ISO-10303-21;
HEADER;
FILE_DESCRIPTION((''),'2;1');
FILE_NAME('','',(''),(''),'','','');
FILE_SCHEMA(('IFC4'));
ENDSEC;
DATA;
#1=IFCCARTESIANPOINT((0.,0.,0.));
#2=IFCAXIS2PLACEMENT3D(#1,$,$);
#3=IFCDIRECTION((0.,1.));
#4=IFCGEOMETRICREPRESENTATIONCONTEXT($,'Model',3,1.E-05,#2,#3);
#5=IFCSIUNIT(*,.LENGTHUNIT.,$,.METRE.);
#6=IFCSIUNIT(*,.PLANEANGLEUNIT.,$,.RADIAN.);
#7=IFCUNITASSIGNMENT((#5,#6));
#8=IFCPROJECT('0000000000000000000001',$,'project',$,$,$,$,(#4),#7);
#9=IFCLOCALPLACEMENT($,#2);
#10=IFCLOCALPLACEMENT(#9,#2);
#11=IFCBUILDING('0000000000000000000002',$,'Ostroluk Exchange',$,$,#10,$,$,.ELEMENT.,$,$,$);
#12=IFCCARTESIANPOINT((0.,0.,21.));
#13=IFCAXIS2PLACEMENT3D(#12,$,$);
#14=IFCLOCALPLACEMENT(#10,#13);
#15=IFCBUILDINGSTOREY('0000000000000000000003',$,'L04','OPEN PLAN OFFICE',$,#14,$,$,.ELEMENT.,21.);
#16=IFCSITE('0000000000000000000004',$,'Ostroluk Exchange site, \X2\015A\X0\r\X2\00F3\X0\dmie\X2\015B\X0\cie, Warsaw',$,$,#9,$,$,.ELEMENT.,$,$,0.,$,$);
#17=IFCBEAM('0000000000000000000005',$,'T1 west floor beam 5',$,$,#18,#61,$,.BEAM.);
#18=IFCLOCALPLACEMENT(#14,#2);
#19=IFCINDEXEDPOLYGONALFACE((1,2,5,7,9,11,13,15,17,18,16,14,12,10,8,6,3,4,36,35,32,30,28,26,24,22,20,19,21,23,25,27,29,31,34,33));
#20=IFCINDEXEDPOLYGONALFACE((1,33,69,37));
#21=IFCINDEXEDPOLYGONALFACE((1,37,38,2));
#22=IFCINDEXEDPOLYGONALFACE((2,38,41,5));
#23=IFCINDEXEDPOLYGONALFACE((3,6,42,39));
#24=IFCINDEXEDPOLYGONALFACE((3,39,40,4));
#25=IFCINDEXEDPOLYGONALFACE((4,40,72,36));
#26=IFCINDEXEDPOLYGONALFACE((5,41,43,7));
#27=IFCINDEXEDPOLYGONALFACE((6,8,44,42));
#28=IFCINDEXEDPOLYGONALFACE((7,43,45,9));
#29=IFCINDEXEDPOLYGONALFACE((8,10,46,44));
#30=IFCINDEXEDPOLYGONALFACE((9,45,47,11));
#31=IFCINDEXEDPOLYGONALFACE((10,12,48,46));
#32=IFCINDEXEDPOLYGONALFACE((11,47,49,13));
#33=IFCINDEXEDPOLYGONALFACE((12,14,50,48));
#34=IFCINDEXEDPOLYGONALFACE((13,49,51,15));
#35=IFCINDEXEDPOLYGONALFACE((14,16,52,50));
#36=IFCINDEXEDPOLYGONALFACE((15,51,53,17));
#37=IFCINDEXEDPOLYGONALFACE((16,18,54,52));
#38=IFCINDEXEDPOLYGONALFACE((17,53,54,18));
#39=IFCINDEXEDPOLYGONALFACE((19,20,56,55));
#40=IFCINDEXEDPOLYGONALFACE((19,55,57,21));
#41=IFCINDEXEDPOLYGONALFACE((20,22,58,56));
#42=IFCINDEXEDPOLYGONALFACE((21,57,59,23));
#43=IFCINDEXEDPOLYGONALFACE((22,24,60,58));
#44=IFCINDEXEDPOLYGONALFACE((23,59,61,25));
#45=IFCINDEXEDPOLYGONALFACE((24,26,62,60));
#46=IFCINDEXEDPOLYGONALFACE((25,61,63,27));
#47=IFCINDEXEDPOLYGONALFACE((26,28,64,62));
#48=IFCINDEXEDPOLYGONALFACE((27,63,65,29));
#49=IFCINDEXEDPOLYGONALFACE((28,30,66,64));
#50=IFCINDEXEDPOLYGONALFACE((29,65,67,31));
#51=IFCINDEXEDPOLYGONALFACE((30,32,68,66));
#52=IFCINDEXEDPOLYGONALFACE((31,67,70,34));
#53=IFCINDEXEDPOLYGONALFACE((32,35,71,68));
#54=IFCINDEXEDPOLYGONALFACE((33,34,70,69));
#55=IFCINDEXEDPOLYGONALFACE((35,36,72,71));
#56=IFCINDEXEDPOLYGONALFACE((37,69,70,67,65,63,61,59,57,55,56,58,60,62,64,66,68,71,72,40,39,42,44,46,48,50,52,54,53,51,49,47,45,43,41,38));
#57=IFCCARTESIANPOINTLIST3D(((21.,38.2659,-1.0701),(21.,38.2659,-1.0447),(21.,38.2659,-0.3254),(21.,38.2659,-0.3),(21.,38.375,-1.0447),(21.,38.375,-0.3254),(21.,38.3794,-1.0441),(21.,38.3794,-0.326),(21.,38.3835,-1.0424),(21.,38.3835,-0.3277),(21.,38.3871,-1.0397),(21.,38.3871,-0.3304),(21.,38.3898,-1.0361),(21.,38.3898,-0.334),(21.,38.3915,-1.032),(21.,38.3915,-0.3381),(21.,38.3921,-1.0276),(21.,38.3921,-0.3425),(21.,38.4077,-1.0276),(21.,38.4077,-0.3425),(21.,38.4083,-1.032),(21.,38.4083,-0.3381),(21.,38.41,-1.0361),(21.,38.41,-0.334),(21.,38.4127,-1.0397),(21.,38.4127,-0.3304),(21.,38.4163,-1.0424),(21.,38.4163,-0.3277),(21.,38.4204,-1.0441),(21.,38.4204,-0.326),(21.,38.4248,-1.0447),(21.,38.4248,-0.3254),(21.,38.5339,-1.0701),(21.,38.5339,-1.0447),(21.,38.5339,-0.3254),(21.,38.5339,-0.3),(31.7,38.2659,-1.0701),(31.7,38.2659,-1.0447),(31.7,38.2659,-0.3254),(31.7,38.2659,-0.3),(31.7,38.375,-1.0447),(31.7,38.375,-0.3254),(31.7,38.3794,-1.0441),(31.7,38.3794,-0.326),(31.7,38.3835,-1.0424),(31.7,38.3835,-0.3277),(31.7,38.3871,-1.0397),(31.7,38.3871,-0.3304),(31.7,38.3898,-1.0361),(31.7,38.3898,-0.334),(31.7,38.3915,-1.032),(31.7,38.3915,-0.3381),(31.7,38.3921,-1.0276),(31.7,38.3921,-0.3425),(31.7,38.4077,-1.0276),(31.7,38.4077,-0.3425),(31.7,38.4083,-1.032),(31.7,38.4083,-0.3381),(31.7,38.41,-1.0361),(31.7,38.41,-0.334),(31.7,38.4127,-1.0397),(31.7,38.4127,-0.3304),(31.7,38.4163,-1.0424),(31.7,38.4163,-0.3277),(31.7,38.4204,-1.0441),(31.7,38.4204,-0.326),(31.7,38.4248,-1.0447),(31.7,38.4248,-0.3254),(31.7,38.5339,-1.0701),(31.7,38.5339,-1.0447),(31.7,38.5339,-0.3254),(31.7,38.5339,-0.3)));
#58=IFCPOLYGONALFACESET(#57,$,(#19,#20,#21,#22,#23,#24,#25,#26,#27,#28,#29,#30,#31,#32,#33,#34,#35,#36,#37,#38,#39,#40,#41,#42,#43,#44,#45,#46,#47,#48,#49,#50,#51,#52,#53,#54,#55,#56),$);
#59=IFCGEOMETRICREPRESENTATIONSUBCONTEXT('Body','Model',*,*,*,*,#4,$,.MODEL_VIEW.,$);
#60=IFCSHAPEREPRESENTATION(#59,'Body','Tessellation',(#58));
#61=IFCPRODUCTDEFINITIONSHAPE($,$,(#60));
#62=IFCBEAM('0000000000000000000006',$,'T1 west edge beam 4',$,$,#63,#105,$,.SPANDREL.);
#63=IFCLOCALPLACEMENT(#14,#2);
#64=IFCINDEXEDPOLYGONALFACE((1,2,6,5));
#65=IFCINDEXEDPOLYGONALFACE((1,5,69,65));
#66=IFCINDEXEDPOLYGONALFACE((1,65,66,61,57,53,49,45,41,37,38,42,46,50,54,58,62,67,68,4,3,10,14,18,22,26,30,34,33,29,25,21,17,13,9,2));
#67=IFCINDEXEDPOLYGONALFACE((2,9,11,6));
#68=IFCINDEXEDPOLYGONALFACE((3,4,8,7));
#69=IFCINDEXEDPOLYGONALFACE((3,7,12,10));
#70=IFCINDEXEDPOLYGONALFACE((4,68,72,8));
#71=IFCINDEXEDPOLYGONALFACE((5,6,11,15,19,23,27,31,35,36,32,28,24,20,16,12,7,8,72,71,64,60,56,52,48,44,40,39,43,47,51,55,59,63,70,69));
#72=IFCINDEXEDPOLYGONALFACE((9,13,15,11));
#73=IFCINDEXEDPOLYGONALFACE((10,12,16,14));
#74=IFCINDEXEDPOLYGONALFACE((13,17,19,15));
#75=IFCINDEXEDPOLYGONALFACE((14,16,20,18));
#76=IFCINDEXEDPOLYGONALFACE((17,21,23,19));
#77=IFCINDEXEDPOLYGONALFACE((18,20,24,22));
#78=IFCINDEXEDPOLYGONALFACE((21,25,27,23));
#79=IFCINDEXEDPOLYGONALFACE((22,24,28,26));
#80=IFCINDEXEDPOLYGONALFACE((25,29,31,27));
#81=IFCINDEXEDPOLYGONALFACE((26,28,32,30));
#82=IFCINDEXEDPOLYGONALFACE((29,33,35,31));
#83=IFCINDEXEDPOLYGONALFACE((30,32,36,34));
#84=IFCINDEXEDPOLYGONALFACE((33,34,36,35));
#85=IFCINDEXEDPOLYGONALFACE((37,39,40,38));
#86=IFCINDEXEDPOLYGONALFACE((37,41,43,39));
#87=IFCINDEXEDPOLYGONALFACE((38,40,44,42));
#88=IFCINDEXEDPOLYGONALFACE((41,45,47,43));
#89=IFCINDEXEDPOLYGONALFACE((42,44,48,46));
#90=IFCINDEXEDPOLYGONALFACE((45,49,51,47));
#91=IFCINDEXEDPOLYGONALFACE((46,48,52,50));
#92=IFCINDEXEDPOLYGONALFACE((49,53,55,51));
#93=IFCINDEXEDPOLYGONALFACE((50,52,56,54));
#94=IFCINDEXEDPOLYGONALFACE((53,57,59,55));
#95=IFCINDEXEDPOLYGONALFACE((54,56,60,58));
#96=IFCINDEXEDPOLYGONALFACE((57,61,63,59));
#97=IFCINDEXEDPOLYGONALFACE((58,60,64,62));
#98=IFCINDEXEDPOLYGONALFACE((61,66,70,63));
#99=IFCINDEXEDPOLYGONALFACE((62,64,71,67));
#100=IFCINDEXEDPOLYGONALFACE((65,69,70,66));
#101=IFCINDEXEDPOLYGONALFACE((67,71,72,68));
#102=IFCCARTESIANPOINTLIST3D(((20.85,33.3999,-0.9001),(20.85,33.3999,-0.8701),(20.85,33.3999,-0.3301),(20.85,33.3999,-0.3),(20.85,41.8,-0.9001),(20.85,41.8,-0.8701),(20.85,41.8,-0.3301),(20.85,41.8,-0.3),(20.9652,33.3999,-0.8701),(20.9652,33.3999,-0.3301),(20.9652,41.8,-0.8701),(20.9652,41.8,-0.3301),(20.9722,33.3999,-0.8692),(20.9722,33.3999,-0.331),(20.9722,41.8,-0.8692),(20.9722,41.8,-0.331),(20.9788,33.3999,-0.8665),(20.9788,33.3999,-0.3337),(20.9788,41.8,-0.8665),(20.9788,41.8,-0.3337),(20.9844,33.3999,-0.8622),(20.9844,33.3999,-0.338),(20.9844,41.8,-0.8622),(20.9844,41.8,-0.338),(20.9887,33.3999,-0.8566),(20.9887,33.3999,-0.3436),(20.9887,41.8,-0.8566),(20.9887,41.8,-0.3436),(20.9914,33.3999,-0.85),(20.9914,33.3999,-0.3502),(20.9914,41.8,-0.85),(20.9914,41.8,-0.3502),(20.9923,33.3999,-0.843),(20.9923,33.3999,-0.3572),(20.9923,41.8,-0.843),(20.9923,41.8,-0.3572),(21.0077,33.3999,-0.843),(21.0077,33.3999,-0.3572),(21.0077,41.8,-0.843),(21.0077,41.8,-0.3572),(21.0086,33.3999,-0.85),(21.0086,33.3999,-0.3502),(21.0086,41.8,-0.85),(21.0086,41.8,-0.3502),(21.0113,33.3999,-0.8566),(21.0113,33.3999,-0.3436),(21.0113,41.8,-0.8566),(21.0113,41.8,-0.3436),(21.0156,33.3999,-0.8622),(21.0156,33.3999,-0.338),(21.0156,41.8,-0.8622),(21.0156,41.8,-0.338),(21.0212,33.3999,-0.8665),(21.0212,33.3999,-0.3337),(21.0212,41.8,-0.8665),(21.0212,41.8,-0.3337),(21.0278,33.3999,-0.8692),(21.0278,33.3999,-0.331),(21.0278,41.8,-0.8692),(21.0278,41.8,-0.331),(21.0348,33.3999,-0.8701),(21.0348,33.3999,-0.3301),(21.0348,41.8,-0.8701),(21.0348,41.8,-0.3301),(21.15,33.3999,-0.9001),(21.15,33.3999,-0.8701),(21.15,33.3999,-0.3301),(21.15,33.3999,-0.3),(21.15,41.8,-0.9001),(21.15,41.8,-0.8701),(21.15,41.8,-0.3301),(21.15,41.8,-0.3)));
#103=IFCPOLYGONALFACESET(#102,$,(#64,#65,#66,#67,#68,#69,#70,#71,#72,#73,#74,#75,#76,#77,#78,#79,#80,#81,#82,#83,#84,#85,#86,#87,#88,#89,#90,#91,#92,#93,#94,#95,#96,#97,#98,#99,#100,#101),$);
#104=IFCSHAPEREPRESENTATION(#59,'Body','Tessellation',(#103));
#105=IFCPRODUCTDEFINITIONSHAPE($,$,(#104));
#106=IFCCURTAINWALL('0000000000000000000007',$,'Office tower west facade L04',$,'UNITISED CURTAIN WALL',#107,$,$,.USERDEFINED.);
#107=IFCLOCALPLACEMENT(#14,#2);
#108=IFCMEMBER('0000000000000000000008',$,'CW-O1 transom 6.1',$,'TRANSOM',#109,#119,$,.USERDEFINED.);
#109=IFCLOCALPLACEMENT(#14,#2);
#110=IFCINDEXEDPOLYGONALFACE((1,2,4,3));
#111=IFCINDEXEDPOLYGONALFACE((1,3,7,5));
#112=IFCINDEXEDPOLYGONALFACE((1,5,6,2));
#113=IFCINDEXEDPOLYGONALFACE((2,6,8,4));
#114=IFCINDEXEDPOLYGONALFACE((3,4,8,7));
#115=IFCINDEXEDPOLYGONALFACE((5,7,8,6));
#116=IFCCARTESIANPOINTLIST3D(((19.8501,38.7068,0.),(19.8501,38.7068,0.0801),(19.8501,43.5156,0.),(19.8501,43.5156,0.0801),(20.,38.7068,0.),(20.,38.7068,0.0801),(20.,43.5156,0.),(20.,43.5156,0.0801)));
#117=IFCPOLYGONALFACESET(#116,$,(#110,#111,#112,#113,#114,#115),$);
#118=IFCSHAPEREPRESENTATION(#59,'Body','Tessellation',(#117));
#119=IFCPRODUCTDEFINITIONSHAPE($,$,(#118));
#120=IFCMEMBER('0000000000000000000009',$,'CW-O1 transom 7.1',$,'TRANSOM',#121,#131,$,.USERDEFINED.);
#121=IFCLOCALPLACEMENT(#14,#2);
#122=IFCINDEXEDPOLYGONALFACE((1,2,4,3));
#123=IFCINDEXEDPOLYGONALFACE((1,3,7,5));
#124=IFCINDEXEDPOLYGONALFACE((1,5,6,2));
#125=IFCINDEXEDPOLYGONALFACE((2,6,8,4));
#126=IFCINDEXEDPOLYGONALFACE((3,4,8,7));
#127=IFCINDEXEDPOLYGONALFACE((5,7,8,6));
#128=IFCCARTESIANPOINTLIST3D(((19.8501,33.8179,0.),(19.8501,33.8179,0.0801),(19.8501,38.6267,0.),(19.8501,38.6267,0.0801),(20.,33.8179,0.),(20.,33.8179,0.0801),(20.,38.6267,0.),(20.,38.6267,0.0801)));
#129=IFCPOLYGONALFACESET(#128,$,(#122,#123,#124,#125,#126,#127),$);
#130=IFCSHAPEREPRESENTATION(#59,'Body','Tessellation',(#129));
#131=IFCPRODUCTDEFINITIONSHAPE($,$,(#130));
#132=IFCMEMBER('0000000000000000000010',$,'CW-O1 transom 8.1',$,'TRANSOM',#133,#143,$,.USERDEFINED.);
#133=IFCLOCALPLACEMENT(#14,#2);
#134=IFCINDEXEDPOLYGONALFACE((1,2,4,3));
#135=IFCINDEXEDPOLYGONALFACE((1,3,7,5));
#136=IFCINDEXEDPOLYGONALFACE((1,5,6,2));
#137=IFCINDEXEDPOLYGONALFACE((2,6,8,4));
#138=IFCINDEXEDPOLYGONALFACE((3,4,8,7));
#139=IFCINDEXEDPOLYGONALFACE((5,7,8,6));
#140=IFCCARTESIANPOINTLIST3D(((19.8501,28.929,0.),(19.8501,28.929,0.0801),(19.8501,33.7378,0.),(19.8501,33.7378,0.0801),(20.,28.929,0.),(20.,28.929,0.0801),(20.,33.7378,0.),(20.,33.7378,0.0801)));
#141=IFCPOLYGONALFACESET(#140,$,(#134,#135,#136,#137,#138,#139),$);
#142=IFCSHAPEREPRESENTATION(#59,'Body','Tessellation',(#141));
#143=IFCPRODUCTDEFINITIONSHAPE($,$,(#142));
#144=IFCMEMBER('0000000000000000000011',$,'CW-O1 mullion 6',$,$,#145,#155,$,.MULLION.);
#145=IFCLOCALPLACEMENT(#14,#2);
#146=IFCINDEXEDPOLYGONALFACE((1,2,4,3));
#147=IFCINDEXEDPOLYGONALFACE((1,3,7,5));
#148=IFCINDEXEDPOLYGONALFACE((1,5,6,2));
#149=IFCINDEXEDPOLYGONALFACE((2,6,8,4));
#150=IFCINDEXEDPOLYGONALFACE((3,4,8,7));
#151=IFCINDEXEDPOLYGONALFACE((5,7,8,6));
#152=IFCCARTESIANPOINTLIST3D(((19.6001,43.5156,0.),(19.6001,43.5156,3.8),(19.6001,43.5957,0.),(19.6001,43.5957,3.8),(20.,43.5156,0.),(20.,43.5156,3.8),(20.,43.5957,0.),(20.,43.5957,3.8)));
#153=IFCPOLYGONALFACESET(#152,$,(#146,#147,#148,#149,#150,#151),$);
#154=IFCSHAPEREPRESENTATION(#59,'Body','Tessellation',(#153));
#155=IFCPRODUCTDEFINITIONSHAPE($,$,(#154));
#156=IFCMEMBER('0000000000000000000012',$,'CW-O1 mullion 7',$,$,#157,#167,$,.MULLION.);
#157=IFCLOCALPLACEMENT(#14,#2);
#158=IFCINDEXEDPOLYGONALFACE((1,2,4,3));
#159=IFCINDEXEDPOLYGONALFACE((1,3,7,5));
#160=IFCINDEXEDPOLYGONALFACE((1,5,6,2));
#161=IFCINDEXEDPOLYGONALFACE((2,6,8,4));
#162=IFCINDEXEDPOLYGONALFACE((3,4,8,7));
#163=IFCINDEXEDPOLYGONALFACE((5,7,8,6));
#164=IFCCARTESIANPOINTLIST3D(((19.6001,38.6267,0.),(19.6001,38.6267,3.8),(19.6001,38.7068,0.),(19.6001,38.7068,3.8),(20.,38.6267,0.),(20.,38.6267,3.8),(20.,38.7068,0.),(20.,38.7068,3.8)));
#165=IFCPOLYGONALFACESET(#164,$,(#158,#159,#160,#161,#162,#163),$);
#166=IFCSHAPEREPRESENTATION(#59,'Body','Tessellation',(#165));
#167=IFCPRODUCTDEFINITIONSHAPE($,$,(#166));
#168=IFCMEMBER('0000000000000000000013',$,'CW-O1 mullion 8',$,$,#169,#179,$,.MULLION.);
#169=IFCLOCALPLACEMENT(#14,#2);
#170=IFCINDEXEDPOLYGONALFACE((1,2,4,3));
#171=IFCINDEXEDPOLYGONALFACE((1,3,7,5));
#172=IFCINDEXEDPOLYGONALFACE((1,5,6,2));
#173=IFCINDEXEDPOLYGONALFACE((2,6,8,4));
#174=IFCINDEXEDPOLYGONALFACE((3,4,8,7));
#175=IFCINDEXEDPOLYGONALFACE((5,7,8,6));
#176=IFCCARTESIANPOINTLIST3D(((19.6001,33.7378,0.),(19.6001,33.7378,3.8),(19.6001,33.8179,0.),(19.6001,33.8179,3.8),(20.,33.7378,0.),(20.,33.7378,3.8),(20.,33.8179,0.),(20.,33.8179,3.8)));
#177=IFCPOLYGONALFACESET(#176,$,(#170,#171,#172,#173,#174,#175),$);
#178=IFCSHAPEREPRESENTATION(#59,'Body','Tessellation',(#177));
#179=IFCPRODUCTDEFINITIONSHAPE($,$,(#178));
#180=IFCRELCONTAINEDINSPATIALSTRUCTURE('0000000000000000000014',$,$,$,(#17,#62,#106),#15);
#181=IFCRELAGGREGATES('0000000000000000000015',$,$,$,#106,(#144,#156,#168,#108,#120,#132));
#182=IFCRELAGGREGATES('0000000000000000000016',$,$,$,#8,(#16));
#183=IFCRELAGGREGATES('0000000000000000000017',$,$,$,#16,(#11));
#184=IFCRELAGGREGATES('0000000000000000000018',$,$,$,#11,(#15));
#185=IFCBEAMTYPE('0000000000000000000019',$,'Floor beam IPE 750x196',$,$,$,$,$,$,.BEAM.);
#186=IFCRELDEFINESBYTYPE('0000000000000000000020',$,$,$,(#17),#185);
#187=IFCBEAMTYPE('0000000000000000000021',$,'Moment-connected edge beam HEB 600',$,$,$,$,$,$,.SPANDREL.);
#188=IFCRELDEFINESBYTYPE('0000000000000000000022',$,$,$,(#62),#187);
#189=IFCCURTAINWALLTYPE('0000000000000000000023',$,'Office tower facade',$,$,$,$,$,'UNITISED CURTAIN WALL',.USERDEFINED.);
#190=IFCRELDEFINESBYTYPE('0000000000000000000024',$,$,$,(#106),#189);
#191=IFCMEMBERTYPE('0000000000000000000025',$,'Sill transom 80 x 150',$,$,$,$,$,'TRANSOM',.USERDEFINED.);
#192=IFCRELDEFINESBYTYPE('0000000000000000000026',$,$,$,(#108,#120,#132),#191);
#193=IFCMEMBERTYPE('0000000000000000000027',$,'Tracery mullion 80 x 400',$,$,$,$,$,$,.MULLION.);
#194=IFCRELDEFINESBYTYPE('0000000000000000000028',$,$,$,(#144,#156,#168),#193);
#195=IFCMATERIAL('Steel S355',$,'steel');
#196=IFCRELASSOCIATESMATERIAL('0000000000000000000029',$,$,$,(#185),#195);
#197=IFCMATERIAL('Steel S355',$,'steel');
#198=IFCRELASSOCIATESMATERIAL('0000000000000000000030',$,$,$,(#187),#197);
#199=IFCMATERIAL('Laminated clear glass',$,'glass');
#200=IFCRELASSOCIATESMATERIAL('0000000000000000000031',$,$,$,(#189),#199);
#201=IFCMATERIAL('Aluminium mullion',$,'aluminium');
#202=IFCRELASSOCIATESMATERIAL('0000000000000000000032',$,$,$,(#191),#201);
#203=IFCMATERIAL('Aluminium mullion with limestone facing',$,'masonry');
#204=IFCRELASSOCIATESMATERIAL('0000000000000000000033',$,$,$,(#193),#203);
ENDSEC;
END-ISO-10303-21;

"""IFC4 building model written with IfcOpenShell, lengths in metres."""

from ifc_helpers import new_model, si_unit, direction, frame, origin, origin_2d, place, context, subcontext, project, spatial, rectangle, i_section, extrude, material, material_profile, profile_set, type_object, element, aggregate, save


model = new_model("IFC4")

# Units and contexts
model_context = context("Model", 3, precision=1e-05, world=origin(), true_north=direction((0.0, 1.0)))
body_context = subcontext(model_context, "Body", "Model", "MODEL_VIEW")
ifc_project = project(units=[si_unit("LENGTHUNIT", "METRE"), si_unit("PLANEANGLEUNIT", "RADIAN")], contexts=[model_context])

# Site, building, storey
site_placement = place(None, origin())
site = spatial("IfcSite", under=ifc_project, at=site_placement, Name="Ostroluk Exchange site, Śródmieście, Warsaw", CompositionType="ELEMENT", RefElevation=0.0)
building_placement = place(site_placement, origin())
building = spatial("IfcBuilding", under=site, at=building_placement, Name="Ostroluk Exchange", CompositionType="ELEMENT")
storey_placement = place(building_placement, frame((0.0, 0.0, 21.0)))
storey = spatial("IfcBuildingStorey", under=building, at=storey_placement, Name="L04", Description="OPEN PLAN OFFICE", CompositionType="ELEMENT", Elevation=21.0)

# Beams
ifc_material_1 = material(Name="Steel S355", Category="steel")
ifc_material_profile_1 = material_profile(ifc_material_1, i_section(OverallWidth=0.2681, OverallDepth=0.77, WebThickness=0.0156, FlangeThickness=0.0254, FilletRadius=0.0171, at=origin_2d()), Name="IPE 750x196")
ifc_profile_set_1 = profile_set([ifc_material_profile_1], Name="Steel S355")
beam_type_1 = type_object("IfcBeamType", Name="Floor beam IPE 750x196", PredefinedType="BEAM", material=ifc_profile_set_1)
for number, where, z_axis, x_axis, name in (
    (1, (31.7, 38.3999, -0.6851), (-1.0, 0.0, 0.0), (0.0, -1.0, 0.0), "T1 west floor beam 5"),
):
    element("IfcBeam", number, at=place(storey_placement, frame(where, z_axis=z_axis, x_axis=x_axis)), inside=storey, type_object=beam_type_1, Name=name, PredefinedType="BEAM", context=body_context, shape_type="SweptSolid", body=[
        extrude(i_section(OverallWidth=0.2681, OverallDepth=0.77, WebThickness=0.0156, FlangeThickness=0.0254, FilletRadius=0.0171, at=origin_2d()), origin(), (0.0, 0.0, 1.0), 10.7),
    ])
ifc_material_2 = material(Name="Steel S355", Category="steel")
ifc_material_profile_2 = material_profile(ifc_material_2, i_section(OverallWidth=0.3, OverallDepth=0.6001, WebThickness=0.0154, FlangeThickness=0.03, FilletRadius=0.0271, at=origin_2d()), Name="HEB 600")
ifc_profile_set_2 = profile_set([ifc_material_profile_2], Name="Steel S355")
beam_type_2 = type_object("IfcBeamType", Name="Moment-connected edge beam HEB 600", PredefinedType="SPANDREL", material=ifc_profile_set_2)
beam_1_placement = place(storey_placement, frame((21.0, 41.8, -0.6001), z_axis=(0.0, -1.0, 0.0), x_axis=(1.0, 0.0, 0.0)))
element("IfcBeam", 2, at=beam_1_placement, inside=storey, type_object=beam_type_2, Name="T1 west edge beam 4", PredefinedType="SPANDREL", context=body_context, shape_type="SweptSolid", body=[
    extrude(i_section(OverallWidth=0.3, OverallDepth=0.6001, WebThickness=0.0154, FlangeThickness=0.03, FilletRadius=0.0271, at=origin_2d()), origin(), (0.0, 0.0, 1.0), 8.4001),
])

# Curtain wall, members
ifc_material_3 = material(Name="Laminated clear glass", Category="glass")
curtain_wall_type = type_object("IfcCurtainWallType", Name="Office tower facade", ElementType="UNITISED CURTAIN WALL", PredefinedType="USERDEFINED", material=ifc_material_3)
curtain_wall_placement = place(storey_placement, origin())
curtain_wall = element("IfcCurtainWall", 3, at=curtain_wall_placement, inside=storey, type_object=curtain_wall_type, Name="Office tower west facade L04", ObjectType="UNITISED CURTAIN WALL", PredefinedType="USERDEFINED")
ifc_material_4 = material(Name="Aluminium mullion", Category="aluminium")
ifc_material_profile_3 = material_profile(ifc_material_4, rectangle(XDim=0.1499, YDim=0.0801, at=origin_2d()), Name="Sill transom 80 x 150")
ifc_profile_set_3 = profile_set([ifc_material_profile_3], Name="Aluminium mullion")
member_type_1 = type_object("IfcMemberType", Name="Sill transom 80 x 150", ElementType="TRANSOM", PredefinedType="USERDEFINED", material=ifc_profile_set_3)
member_1_placement = place(storey_placement, frame((19.925, 43.5156, 0.04), z_axis=(0.0, -1.0, 0.0), x_axis=(1.0, 0.0, 0.0)))
member_1 = element("IfcMember", 4, at=member_1_placement, type_object=member_type_1, Name="CW-O1 transom 6.1", ObjectType="TRANSOM", PredefinedType="USERDEFINED", context=body_context, shape_type="SweptSolid", body=[
    extrude(rectangle(XDim=0.1499, YDim=0.0801, at=origin_2d()), origin(), (0.0, 0.0, 1.0), 4.8088),
])
member_2_placement = place(storey_placement, frame((19.925, 38.6267, 0.04), z_axis=(0.0, -1.0, 0.0), x_axis=(1.0, 0.0, 0.0)))
member_2 = element("IfcMember", 5, at=member_2_placement, type_object=member_type_1, Name="CW-O1 transom 7.1", ObjectType="TRANSOM", PredefinedType="USERDEFINED", context=body_context, shape_type="SweptSolid", body=[
    extrude(rectangle(XDim=0.1499, YDim=0.0801, at=origin_2d()), origin(), (0.0, 0.0, 1.0), 4.8088),
])
member_3_placement = place(storey_placement, frame((19.925, 33.7378, 0.04), z_axis=(0.0, -1.0, 0.0), x_axis=(1.0, 0.0, 0.0)))
member_3 = element("IfcMember", 6, at=member_3_placement, type_object=member_type_1, Name="CW-O1 transom 8.1", ObjectType="TRANSOM", PredefinedType="USERDEFINED", context=body_context, shape_type="SweptSolid", body=[
    extrude(rectangle(XDim=0.1499, YDim=0.0801, at=origin_2d()), origin(), (0.0, 0.0, 1.0), 4.8088),
])
ifc_material_5 = material(Name="Aluminium mullion with limestone facing", Category="masonry")
ifc_material_profile_4 = material_profile(ifc_material_5, rectangle(XDim=0.3999, YDim=0.0801, at=origin_2d()), Name="Tracery mullion 80 x 400")
ifc_profile_set_4 = profile_set([ifc_material_profile_4], Name="Aluminium mullion with limestone facing")
member_type_2 = type_object("IfcMemberType", Name="Tracery mullion 80 x 400", PredefinedType="MULLION", material=ifc_profile_set_4)
member_4_placement = place(storey_placement, frame((19.8, 43.5557, 0.0), z_axis=(0.0, 0.0, 1.0), x_axis=(1.0, 0.0, 0.0)))
member_4 = element("IfcMember", 7, at=member_4_placement, type_object=member_type_2, Name="CW-O1 mullion 6", PredefinedType="MULLION", context=body_context, shape_type="SweptSolid", body=[
    extrude(rectangle(XDim=0.3999, YDim=0.0801, at=origin_2d()), origin(), (0.0, 0.0, 1.0), 3.8),
])
member_5_placement = place(storey_placement, frame((19.8, 38.6667, 0.0), z_axis=(0.0, 0.0, 1.0), x_axis=(1.0, 0.0, 0.0)))
member_5 = element("IfcMember", 8, at=member_5_placement, type_object=member_type_2, Name="CW-O1 mullion 7", PredefinedType="MULLION", context=body_context, shape_type="SweptSolid", body=[
    extrude(rectangle(XDim=0.3999, YDim=0.0801, at=origin_2d()), origin(), (0.0, 0.0, 1.0), 3.8),
])
member_6_placement = place(storey_placement, frame((19.8, 33.7778, 0.0), z_axis=(0.0, 0.0, 1.0), x_axis=(1.0, 0.0, 0.0)))
member_6 = element("IfcMember", 9, at=member_6_placement, type_object=member_type_2, Name="CW-O1 mullion 8", PredefinedType="MULLION", context=body_context, shape_type="SweptSolid", body=[
    extrude(rectangle(XDim=0.3999, YDim=0.0801, at=origin_2d()), origin(), (0.0, 0.0, 1.0), 3.8),
])
aggregate(curtain_wall, [member_4, member_5, member_6, member_1, member_2, member_3])

save(model, "model.ifc")
